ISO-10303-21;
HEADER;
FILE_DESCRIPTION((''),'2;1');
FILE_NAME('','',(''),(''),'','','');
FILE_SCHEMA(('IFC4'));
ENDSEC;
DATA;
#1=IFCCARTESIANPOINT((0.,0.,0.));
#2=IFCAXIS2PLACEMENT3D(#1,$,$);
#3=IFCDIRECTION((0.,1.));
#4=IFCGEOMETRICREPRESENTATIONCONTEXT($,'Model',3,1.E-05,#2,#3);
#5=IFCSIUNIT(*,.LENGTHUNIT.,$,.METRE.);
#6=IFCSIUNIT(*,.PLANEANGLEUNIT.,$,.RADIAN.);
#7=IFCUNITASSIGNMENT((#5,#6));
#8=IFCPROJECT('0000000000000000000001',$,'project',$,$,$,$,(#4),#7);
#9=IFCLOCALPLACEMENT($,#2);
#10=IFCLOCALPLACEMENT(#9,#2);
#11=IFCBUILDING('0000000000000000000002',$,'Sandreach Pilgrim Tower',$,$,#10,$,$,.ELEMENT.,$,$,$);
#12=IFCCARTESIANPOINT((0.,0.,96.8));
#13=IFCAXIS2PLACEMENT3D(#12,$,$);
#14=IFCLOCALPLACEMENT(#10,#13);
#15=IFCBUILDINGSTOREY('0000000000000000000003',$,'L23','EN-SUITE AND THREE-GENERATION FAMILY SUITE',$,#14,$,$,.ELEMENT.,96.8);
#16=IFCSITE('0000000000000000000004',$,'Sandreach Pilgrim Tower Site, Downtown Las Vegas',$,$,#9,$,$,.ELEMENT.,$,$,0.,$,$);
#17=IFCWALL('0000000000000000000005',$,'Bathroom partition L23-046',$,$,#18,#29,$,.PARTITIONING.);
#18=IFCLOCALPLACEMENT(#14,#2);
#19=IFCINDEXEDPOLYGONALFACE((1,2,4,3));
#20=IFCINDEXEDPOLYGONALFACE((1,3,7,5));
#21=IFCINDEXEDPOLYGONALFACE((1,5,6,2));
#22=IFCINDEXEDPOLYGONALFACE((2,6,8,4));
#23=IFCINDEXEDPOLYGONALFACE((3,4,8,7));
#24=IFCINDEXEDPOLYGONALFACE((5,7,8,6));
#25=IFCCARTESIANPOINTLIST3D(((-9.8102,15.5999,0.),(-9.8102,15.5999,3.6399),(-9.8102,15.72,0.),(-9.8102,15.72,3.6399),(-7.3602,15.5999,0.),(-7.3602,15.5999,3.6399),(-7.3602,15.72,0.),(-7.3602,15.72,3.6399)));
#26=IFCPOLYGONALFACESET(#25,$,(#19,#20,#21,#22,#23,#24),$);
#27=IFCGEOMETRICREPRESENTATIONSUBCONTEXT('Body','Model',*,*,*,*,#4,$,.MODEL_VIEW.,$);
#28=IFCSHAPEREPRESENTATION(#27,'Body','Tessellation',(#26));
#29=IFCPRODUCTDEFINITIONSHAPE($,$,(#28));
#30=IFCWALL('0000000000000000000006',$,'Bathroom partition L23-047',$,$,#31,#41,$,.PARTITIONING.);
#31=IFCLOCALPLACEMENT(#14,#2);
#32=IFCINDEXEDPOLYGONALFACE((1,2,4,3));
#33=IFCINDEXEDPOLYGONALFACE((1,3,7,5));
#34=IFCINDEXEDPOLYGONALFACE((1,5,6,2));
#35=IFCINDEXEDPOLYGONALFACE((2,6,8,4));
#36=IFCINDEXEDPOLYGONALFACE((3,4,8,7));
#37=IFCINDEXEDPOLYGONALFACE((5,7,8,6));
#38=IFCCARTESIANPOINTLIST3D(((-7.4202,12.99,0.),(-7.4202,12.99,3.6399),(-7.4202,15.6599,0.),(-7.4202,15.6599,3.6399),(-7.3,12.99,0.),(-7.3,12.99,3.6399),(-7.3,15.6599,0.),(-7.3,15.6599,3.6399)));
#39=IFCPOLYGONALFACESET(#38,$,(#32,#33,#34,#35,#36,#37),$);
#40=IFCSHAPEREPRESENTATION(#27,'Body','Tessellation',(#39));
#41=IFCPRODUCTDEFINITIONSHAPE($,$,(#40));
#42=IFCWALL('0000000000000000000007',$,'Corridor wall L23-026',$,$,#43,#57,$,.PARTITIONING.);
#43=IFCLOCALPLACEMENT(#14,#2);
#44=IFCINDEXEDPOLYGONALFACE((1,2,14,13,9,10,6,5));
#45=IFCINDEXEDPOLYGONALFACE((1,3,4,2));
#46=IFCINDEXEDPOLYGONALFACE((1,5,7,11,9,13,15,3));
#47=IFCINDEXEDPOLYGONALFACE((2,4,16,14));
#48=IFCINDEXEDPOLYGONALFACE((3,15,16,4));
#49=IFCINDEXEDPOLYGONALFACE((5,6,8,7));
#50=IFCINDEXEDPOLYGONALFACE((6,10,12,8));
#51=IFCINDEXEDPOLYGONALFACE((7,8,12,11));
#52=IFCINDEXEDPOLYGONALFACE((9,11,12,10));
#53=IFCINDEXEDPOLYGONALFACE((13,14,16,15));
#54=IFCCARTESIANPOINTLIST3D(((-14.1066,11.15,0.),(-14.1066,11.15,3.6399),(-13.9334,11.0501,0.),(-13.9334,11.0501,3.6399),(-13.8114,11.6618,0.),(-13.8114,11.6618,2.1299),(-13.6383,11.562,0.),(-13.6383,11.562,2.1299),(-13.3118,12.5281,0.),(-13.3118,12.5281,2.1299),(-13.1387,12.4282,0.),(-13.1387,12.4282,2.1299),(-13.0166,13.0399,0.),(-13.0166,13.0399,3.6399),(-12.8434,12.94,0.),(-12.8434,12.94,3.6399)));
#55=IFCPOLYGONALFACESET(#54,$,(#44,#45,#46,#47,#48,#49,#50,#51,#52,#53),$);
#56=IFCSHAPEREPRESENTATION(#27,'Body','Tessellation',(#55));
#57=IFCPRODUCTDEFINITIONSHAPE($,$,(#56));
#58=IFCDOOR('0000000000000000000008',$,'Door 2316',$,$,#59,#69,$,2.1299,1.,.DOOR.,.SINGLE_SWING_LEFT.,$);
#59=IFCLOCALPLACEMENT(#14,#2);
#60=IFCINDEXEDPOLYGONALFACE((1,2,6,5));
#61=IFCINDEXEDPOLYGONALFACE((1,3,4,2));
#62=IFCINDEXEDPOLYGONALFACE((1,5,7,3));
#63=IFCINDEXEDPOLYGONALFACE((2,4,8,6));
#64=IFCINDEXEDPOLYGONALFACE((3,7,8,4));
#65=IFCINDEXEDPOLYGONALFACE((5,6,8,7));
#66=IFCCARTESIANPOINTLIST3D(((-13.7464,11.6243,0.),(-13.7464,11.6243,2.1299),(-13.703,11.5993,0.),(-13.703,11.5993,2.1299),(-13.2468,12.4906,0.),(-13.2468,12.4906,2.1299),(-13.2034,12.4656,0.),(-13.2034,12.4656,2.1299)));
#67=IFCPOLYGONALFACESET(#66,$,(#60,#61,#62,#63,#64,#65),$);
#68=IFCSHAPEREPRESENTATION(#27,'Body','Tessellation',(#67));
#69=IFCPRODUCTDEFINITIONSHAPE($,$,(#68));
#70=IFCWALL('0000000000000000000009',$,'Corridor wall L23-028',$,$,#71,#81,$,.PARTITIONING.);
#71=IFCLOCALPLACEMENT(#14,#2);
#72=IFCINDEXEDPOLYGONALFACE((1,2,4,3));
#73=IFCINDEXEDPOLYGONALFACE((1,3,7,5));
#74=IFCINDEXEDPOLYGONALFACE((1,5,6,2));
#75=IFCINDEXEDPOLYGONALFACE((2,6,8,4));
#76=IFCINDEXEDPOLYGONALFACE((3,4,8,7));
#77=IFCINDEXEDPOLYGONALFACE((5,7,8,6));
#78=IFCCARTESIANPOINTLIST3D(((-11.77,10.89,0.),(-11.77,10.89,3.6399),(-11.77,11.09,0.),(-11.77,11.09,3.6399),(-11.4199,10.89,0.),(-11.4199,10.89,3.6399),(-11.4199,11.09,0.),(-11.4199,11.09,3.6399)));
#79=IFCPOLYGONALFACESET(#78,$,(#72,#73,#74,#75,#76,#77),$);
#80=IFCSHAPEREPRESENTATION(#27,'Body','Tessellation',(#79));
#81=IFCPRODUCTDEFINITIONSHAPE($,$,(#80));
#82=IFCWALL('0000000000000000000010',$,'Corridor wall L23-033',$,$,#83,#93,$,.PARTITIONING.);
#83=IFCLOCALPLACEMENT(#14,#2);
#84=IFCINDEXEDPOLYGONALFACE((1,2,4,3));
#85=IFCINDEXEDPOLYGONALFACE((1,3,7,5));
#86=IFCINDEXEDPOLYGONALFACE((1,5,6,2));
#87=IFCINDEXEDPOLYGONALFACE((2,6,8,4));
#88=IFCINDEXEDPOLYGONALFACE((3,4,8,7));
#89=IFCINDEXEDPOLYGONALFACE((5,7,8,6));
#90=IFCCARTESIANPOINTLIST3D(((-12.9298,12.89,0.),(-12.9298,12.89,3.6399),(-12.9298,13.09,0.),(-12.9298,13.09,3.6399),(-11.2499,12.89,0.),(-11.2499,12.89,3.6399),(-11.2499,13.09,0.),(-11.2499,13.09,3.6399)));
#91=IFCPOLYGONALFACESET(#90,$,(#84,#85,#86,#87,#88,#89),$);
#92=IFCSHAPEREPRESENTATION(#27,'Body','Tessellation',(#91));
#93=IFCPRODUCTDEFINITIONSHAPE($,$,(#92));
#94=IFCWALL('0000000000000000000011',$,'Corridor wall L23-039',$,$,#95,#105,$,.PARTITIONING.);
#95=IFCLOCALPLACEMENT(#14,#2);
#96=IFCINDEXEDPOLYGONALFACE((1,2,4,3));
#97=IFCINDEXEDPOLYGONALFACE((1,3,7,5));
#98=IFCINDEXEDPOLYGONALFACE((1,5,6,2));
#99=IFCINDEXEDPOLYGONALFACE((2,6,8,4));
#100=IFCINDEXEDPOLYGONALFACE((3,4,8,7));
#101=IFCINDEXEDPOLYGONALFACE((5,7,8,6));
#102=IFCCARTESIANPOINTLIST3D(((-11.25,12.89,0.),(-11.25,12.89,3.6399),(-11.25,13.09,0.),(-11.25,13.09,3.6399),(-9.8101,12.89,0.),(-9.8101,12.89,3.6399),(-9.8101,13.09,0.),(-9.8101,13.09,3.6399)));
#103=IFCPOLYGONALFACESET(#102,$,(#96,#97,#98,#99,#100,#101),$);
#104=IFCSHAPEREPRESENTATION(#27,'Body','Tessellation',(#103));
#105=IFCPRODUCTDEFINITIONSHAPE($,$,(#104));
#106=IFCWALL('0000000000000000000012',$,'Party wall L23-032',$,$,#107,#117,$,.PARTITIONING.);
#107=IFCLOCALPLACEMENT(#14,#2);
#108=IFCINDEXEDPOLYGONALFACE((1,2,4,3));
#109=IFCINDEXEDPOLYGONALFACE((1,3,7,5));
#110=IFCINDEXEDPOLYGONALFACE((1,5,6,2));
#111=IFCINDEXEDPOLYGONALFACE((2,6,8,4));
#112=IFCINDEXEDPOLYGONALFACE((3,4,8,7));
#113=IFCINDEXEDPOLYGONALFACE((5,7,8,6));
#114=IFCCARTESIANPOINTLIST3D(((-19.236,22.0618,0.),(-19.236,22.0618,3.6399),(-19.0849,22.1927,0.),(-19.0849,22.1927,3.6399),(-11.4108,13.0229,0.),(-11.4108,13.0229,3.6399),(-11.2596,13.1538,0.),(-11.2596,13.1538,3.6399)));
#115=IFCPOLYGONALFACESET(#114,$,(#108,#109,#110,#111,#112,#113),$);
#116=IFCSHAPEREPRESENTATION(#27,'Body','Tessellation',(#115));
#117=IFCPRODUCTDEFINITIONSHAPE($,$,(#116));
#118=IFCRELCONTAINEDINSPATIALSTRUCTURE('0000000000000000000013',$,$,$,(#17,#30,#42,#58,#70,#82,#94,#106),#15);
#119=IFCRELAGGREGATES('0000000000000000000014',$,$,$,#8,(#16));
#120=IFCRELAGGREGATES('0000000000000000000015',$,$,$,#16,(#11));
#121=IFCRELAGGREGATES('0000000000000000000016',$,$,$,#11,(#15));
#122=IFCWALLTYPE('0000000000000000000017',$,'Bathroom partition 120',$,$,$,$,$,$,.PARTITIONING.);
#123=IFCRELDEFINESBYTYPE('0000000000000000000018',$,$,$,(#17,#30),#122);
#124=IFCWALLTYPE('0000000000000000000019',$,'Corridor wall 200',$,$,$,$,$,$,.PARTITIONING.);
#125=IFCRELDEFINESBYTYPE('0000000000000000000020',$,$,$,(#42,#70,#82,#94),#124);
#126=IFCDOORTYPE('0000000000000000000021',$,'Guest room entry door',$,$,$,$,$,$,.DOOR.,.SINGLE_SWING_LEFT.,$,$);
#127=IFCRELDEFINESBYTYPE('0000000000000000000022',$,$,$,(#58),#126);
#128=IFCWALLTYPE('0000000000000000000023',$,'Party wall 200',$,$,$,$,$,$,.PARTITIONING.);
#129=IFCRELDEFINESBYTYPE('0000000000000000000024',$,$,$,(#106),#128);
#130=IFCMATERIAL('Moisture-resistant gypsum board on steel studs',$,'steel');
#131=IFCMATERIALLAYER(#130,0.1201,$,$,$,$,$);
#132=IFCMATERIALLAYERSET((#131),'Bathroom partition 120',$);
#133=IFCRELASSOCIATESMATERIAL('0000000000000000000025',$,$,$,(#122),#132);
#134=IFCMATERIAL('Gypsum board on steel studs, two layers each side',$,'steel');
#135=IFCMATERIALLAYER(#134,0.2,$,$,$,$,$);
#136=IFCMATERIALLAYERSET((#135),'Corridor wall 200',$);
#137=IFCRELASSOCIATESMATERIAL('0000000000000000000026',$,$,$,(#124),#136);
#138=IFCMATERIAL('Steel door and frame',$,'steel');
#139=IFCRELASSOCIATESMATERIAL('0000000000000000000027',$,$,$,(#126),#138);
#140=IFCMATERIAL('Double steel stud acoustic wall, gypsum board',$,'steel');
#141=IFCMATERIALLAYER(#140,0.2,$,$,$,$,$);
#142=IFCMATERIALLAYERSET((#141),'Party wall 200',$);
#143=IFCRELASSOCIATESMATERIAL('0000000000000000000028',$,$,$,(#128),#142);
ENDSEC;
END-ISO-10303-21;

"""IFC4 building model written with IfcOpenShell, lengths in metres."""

from ifc_helpers import new_model, si_unit, direction, frame, frame_2d, origin, place, context, subcontext, project, spatial, rectangle, extrude, material, layer, layer_set, type_object, element, fill, save


model = new_model("IFC4")

# Units and contexts
model_context = context("Model", 3, precision=1e-05, world=origin(), true_north=direction((0.0, 1.0)))
body_context = subcontext(model_context, "Body", "Model", "MODEL_VIEW")
ifc_project = project(units=[si_unit("LENGTHUNIT", "METRE"), si_unit("PLANEANGLEUNIT", "RADIAN")], contexts=[model_context])

# Site, building, storey
site_placement = place(None, origin())
site = spatial("IfcSite", under=ifc_project, at=site_placement, Name="Sandreach Pilgrim Tower Site, Downtown Las Vegas", CompositionType="ELEMENT", RefElevation=0.0)
building_placement = place(site_placement, origin())
building = spatial("IfcBuilding", under=site, at=building_placement, Name="Sandreach Pilgrim Tower", CompositionType="ELEMENT")
storey_placement = place(building_placement, frame((0.0, 0.0, 96.8)))
storey = spatial("IfcBuildingStorey", under=building, at=storey_placement, Name="L23", Description="EN-SUITE AND THREE-GENERATION FAMILY SUITE", CompositionType="ELEMENT", Elevation=96.8)

# Shared definitions
ifc_material_1 = material(Name="Moisture-resistant gypsum board on steel studs", Category="steel")
ifc_layer_1 = layer(ifc_material_1, 0.1201)
ifc_layer_set_1 = layer_set([ifc_layer_1], Name="Bathroom partition 120")
wall_type_1 = type_object("IfcWallType", Name="Bathroom partition 120", PredefinedType="PARTITIONING", material=ifc_layer_set_1)

# Walls
for number, where, z_axis, x_axis, name in (
    (1, (-7.3601, 15.6599, 0.0), (0.0, 0.0, 1.0), (-1.0, 0.0, 0.0), "Bathroom partition L23-046"),
):
    element("IfcWall", number, at=place(storey_placement, frame(where, z_axis=z_axis, x_axis=x_axis)), inside=storey, type_object=wall_type_1, Name=name, PredefinedType="PARTITIONING", context=body_context, shape_type="SweptSolid", body=[
        extrude(rectangle(XDim=2.45, YDim=0.1201, at=frame_2d((1.2251, 0.0))), origin(), (0.0, 0.0, 1.0), 3.6399),
    ])
wall_1_placement = place(storey_placement, frame((-7.3601, 15.6599, 0.0), z_axis=(0.0, 0.0, 1.0), x_axis=(0.0, -1.0, 0.0)))
element("IfcWall", 2, at=wall_1_placement, inside=storey, type_object=wall_type_1, Name="Bathroom partition L23-047", PredefinedType="PARTITIONING", context=body_context, shape_type="SweptSolid", body=[
    extrude(rectangle(XDim=2.6699, YDim=0.1201, at=frame_2d((1.335, 0.0))), origin(), (0.0, 0.0, 1.0), 3.6399),
])

# Wall, opening, door
ifc_material_2 = material(Name="Gypsum board on steel studs, two layers each side", Category="steel")
ifc_layer_2 = layer(ifc_material_2, 0.2)
ifc_layer_set_2 = layer_set([ifc_layer_2], Name="Corridor wall 200")
wall_type_2 = type_object("IfcWallType", Name="Corridor wall 200", PredefinedType="PARTITIONING", material=ifc_layer_set_2)
wall_2_placement = place(storey_placement, frame((-14.02, 11.1001, 0.0), z_axis=(0.0, 0.0, 1.0), x_axis=(0.499642, 0.866232, 0.0)))
wall_2 = element("IfcWall", 3, at=wall_2_placement, inside=storey, type_object=wall_type_2, Name="Corridor wall L23-026", PredefinedType="PARTITIONING", context=body_context, shape_type="SweptSolid", body=[
    extrude(rectangle(XDim=2.1816, YDim=0.2, at=frame_2d((1.0908, 0.0))), origin(), (0.0, 0.0, 1.0), 3.6399),
])
opening_1_placement = place(wall_2_placement, frame((0.5908, 0.0, 0.0)))
opening_1 = element("IfcOpeningElement", 4, at=opening_1_placement, cuts=wall_2, PredefinedType="OPENING", context=body_context, shape_type="SweptSolid", body=[
    extrude(rectangle(XDim=1.0, YDim=2.1299, at=frame_2d((0.5, 1.0649))), frame((0.0, 0.1001, 0.0), z_axis=(0.0, -1.0, 0.0), x_axis=(1.0, 0.0, 0.0)), (0.0, 0.0, 1.0), 0.2),
])
ifc_material_3 = material(Name="Steel door and frame", Category="steel")
door_type_1 = type_object("IfcDoorType", Name="Guest room entry door", OperationType="SINGLE_SWING_LEFT", PredefinedType="DOOR", material=ifc_material_3)
door_1_placement = place(opening_1_placement, origin())
door_1 = element("IfcDoor", 5, at=door_1_placement, inside=storey, type_object=door_type_1, Name="Door 2316", OperationType="SINGLE_SWING_LEFT", OverallHeight=2.1299, OverallWidth=1.0, PredefinedType="DOOR", context=body_context, shape_type="SweptSolid", body=[
    extrude(rectangle(XDim=1.0, YDim=2.1299, at=frame_2d((0.5, 1.0649))), frame((0.0, 0.0249, 0.0), z_axis=(0.0, -1.0, 0.0), x_axis=(1.0, 0.0, 0.0)), (0.0, 0.0, 1.0), 0.05),
])
fill(opening_1, door_1)

# Wall
wall_3_placement = place(storey_placement, frame((-11.77, 10.99, 0.0), z_axis=(0.0, 0.0, 1.0), x_axis=(1.0, 0.0, 0.0)))
element("IfcWall", 6, at=wall_3_placement, inside=storey, type_object=wall_type_2, Name="Corridor wall L23-028", PredefinedType="PARTITIONING", context=body_context, shape_type="SweptSolid", body=[
    extrude(rectangle(XDim=0.3501, YDim=0.2, at=frame_2d((0.175, 0.0))), origin(), (0.0, 0.0, 1.0), 3.6399),
])

# Walls
wall_4_placement = place(storey_placement, frame((-11.25, 12.99, 0.0), z_axis=(0.0, 0.0, 1.0), x_axis=(-1.0, 0.0, 0.0)))
element("IfcWall", 7, at=wall_4_placement, inside=storey, type_object=wall_type_2, Name="Corridor wall L23-033", PredefinedType="PARTITIONING", context=body_context, shape_type="SweptSolid", body=[
    extrude(rectangle(XDim=1.6799, YDim=0.2, at=frame_2d((0.8398, 0.0))), origin(), (0.0, 0.0, 1.0), 3.6399),
])
wall_5_placement = place(storey_placement, frame((-9.8101, 12.99, 0.0), z_axis=(0.0, 0.0, 1.0), x_axis=(-1.0, 0.0, 0.0)))
element("IfcWall", 8, at=wall_5_placement, inside=storey, type_object=wall_type_2, Name="Corridor wall L23-039", PredefinedType="PARTITIONING", context=body_context, shape_type="SweptSolid", body=[
    extrude(rectangle(XDim=1.4399, YDim=0.2, at=frame_2d((0.72, 0.0))), origin(), (0.0, 0.0, 1.0), 3.6399),
])

# Wall
ifc_material_4 = material(Name="Double steel stud acoustic wall, gypsum board", Category="steel")
ifc_layer_3 = layer(ifc_material_4, 0.2)
ifc_layer_set_3 = layer_set([ifc_layer_3], Name="Party wall 200")
wall_type_3 = type_object("IfcWallType", Name="Party wall 200", PredefinedType="PARTITIONING", material=ifc_layer_set_3)
wall_6_placement = place(storey_placement, frame((-11.3352, 13.0884, 0.0), z_axis=(0.0, 0.0, 1.0), x_axis=(-0.654527, 0.756039, 0.0)))
element("IfcWall", 9, at=wall_6_placement, inside=storey, type_object=wall_type_3, Name="Party wall L23-032", PredefinedType="PARTITIONING", context=body_context, shape_type="SweptSolid", body=[
    extrude(rectangle(XDim=11.9556, YDim=0.2, at=frame_2d((5.9778, 0.0))), origin(), (0.0, 0.0, 1.0), 3.6399),
])

save(model, "model.ifc")
